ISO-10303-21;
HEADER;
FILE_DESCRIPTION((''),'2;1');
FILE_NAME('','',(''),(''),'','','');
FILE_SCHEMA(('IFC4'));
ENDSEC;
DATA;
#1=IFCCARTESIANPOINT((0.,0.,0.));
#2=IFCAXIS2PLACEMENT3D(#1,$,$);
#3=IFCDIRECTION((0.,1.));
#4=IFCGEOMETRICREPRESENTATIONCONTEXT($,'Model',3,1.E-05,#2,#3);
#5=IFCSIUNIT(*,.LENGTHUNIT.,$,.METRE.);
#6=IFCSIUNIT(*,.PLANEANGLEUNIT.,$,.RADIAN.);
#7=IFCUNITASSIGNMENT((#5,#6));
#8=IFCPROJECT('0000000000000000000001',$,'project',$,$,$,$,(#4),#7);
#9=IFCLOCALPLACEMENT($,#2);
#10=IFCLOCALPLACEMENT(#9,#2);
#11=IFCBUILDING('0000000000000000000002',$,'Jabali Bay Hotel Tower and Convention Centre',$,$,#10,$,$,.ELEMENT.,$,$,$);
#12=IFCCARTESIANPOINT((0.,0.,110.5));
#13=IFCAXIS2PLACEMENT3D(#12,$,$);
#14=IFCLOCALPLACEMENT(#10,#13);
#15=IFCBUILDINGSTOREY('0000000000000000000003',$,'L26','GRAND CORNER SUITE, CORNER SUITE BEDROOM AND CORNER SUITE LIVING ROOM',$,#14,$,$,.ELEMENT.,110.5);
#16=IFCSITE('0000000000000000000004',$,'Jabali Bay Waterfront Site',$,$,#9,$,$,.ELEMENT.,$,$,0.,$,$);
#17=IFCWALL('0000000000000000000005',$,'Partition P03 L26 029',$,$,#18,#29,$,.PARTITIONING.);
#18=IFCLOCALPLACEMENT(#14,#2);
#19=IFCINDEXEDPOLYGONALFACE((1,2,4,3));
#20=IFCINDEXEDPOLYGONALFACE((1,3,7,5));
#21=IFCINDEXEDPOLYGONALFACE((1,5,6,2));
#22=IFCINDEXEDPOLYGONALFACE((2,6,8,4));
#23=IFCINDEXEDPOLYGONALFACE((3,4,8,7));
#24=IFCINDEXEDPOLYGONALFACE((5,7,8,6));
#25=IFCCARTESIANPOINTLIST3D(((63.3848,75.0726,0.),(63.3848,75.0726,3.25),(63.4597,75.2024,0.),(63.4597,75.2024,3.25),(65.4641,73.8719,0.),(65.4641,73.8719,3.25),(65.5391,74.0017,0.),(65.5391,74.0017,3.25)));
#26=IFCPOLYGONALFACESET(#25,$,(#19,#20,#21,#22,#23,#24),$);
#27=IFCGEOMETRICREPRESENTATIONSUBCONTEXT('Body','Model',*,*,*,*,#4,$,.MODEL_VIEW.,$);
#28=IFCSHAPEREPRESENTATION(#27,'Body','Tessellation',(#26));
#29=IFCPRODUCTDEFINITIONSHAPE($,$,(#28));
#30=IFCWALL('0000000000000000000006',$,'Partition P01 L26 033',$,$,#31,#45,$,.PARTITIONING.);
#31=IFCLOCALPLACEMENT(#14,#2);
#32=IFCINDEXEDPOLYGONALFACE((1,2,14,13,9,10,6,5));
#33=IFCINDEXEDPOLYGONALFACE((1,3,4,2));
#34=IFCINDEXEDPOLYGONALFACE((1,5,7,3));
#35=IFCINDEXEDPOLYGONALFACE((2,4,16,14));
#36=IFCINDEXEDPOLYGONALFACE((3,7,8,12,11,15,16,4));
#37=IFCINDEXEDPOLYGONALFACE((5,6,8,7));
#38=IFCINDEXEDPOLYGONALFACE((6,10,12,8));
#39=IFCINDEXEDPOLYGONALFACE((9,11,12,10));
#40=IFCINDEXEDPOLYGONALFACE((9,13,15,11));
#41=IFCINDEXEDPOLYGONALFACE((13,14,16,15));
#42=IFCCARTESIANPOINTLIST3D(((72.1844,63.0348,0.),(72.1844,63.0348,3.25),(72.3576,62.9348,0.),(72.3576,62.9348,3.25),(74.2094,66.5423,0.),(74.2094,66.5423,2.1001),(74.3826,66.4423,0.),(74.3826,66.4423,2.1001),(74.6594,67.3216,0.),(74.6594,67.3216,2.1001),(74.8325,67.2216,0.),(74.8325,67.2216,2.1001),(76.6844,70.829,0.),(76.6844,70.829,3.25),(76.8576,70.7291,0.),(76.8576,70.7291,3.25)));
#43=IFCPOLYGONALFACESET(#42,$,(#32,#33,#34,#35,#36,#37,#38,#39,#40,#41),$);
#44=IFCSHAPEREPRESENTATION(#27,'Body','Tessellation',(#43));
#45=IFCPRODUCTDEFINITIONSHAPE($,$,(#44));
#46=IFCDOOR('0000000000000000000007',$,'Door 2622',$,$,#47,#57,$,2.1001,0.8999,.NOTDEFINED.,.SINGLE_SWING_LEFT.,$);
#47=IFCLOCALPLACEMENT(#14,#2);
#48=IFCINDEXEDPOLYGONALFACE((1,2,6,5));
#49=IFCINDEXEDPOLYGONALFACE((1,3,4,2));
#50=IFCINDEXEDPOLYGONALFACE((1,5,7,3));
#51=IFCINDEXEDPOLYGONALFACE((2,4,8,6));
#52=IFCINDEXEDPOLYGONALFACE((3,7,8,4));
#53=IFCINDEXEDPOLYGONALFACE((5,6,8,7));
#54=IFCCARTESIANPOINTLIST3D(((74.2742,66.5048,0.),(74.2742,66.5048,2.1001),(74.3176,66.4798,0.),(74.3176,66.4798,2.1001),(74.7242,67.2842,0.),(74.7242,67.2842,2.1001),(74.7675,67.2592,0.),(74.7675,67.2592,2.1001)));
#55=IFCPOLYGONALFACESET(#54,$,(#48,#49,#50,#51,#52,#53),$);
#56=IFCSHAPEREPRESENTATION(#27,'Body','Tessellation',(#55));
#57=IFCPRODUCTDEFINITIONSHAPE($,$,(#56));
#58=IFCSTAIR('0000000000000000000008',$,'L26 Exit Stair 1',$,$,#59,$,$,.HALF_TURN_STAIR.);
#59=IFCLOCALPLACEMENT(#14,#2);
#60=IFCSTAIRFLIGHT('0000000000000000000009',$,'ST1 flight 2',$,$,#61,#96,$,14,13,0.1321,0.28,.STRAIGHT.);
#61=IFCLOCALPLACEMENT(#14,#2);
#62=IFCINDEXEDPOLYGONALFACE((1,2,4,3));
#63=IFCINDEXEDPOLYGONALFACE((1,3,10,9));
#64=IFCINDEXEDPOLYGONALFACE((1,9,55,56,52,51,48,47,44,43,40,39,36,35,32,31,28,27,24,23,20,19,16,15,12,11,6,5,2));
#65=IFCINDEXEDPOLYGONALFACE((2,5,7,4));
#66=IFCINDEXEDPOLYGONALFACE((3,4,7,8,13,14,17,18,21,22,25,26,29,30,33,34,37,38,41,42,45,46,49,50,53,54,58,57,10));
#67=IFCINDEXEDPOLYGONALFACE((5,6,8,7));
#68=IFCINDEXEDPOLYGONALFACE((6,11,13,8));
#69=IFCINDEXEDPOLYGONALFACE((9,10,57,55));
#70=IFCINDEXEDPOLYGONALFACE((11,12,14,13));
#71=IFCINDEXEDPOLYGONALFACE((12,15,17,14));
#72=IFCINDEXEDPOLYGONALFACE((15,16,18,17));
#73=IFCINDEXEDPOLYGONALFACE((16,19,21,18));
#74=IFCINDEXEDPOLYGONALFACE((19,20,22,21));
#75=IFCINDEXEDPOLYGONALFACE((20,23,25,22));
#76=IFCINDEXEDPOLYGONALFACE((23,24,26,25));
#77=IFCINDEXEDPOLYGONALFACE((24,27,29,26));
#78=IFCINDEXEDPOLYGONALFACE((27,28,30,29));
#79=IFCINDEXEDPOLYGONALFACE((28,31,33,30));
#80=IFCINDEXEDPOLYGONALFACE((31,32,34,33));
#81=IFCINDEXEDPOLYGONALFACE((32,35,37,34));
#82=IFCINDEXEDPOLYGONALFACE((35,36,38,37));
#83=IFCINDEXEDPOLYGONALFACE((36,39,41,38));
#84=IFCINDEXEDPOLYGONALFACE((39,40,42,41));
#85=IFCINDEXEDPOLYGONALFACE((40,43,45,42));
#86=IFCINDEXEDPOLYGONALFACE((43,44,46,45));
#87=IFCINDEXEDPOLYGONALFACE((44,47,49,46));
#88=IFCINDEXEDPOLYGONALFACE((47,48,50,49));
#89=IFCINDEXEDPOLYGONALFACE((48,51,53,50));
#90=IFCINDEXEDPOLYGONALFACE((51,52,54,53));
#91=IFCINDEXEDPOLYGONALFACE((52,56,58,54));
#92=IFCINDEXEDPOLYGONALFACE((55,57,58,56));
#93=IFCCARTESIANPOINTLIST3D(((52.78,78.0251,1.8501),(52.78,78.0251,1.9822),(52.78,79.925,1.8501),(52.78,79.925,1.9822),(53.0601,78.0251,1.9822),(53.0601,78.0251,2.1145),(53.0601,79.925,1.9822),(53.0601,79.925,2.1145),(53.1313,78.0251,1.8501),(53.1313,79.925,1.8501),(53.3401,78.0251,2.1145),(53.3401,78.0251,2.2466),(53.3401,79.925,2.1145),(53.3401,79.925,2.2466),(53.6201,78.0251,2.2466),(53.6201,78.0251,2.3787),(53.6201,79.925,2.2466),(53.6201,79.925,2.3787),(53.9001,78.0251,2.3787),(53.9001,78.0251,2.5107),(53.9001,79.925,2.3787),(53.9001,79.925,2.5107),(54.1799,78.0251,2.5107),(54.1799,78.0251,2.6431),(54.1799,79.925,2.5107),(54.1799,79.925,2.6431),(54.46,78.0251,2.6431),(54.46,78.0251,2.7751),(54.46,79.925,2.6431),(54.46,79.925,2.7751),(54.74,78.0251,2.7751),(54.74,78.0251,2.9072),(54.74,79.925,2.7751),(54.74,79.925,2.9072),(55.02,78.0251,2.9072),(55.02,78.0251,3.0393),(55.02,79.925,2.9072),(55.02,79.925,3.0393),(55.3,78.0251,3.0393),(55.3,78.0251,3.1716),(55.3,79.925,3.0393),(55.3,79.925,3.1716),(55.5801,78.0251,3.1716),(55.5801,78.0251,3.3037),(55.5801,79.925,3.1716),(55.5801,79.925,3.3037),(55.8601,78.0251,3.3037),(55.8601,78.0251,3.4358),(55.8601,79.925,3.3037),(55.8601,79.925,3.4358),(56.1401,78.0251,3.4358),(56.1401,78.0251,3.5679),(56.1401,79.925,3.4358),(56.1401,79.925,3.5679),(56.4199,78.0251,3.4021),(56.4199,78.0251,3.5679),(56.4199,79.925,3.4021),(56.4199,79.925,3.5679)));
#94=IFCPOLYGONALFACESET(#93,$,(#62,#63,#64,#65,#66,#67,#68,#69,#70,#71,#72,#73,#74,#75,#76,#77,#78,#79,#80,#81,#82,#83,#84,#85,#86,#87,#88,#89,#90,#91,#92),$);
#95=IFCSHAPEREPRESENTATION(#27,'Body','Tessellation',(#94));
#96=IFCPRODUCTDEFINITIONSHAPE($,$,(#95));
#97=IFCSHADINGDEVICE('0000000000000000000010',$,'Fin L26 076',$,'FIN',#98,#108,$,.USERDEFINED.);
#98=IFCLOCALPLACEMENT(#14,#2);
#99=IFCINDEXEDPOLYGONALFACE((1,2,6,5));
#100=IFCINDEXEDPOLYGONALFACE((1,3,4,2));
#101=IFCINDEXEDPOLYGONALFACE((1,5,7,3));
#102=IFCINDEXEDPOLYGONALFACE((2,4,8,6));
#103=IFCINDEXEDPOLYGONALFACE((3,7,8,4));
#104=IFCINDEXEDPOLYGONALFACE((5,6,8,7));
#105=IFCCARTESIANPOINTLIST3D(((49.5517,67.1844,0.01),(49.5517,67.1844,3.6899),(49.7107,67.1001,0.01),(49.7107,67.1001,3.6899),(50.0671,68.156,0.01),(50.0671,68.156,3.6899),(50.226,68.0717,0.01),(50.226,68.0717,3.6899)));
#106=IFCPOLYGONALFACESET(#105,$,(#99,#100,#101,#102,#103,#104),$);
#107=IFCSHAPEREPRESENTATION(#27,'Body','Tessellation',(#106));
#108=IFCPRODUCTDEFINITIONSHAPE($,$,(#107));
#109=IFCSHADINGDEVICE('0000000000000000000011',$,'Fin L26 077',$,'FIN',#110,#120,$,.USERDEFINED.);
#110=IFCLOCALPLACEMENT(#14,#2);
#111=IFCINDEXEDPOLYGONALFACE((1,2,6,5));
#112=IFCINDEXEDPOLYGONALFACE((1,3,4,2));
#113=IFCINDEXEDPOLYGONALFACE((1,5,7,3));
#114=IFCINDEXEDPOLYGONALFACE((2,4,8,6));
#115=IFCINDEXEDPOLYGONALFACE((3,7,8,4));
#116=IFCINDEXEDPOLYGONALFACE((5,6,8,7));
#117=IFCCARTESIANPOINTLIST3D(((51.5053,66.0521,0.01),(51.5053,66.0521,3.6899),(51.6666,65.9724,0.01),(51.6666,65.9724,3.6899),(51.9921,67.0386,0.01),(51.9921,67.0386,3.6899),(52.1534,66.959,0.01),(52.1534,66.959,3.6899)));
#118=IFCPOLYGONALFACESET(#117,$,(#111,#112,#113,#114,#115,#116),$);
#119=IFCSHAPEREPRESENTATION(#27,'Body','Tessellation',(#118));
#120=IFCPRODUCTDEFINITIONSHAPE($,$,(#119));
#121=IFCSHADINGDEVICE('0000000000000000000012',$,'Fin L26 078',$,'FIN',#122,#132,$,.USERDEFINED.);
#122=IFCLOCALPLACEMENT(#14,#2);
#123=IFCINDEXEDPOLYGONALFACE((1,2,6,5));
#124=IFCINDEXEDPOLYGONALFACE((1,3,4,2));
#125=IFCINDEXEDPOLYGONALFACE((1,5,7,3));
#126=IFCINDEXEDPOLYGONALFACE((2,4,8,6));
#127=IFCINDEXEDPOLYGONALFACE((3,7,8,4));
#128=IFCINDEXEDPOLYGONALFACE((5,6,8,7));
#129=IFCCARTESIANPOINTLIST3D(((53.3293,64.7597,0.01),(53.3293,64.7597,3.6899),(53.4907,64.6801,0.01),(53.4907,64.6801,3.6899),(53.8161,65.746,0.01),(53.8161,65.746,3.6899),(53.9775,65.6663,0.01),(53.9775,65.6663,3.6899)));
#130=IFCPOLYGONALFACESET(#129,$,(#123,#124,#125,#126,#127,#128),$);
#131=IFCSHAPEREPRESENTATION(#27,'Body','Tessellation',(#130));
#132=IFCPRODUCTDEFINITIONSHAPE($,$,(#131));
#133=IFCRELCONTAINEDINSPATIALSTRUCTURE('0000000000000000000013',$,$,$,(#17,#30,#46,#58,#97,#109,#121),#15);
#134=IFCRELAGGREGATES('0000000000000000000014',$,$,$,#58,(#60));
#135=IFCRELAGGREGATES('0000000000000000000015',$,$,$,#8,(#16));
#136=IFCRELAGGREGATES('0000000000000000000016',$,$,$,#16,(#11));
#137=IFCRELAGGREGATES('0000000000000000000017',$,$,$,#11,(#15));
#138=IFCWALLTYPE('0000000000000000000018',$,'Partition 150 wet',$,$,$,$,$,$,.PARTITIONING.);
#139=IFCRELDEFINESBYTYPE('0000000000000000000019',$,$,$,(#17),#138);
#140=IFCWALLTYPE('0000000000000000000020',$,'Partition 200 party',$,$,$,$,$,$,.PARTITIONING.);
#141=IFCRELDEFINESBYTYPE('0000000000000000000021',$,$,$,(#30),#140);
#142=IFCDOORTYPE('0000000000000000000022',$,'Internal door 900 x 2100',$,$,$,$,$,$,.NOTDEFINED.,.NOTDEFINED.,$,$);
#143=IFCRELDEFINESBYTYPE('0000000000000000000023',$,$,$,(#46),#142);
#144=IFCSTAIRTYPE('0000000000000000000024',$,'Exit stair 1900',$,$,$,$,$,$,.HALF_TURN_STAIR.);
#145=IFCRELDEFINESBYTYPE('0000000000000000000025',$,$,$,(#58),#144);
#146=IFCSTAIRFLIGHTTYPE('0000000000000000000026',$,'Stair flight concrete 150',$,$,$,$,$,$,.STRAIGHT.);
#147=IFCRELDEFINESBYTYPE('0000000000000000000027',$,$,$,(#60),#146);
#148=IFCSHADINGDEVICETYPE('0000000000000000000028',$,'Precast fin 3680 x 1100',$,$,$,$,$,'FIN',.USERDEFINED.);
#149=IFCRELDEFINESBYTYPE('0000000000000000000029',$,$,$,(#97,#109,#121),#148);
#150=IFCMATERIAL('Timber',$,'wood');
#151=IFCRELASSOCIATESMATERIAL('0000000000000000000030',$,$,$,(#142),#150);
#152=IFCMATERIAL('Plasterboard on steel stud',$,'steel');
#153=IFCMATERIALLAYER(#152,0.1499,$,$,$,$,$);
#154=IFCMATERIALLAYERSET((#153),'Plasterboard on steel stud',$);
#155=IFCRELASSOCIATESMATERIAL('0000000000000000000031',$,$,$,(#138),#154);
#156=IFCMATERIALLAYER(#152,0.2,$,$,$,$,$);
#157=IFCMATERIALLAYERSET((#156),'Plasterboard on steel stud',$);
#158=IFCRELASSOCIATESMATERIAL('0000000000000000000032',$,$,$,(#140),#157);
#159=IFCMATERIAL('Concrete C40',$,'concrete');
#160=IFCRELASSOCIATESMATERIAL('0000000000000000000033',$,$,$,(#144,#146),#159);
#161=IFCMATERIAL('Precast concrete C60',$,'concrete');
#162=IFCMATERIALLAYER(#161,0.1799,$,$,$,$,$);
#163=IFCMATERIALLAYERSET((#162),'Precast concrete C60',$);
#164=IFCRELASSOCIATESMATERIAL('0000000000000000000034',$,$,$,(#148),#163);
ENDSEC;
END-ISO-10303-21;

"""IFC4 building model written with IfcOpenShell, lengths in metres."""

from ifc_helpers import new_model, si_unit, direction, frame, frame_2d, origin, place, context, subcontext, project, spatial, polyline, rectangle, outline, extrude, material, layer, layer_set, type_object, element, fill, aggregate, save


model = new_model("IFC4")

# Units and contexts
model_context = context("Model", 3, precision=1e-05, world=origin(), true_north=direction((0.0, 1.0)))
body_context = subcontext(model_context, "Body", "Model", "MODEL_VIEW")
ifc_project = project(units=[si_unit("LENGTHUNIT", "METRE"), si_unit("PLANEANGLEUNIT", "RADIAN")], contexts=[model_context])

# Site, building, storey
site_placement = place(None, origin())
site = spatial("IfcSite", under=ifc_project, at=site_placement, Name="Jabali Bay Waterfront Site", CompositionType="ELEMENT", RefElevation=0.0)
building_placement = place(site_placement, origin())
building = spatial("IfcBuilding", under=site, at=building_placement, Name="Jabali Bay Hotel Tower and Convention Centre", CompositionType="ELEMENT")
storey_placement = place(building_placement, frame((0.0, 0.0, 110.5)))
storey = spatial("IfcBuildingStorey", under=building, at=storey_placement, Name="L26", Description="GRAND CORNER SUITE, CORNER SUITE BEDROOM AND CORNER SUITE LIVING ROOM", CompositionType="ELEMENT", Elevation=110.5)

# Shared definitions
ifc_material_1 = material(Name="Concrete C40", Category="concrete")

# Shared definitions
ifc_material_2 = material(Name="Timber", Category="wood")
door_type_1 = type_object("IfcDoorType", Name="Internal door 900 x 2100", OperationType="NOTDEFINED", PredefinedType="NOTDEFINED", material=ifc_material_2)

# Shared definitions
ifc_material_3 = material(Name="Plasterboard on steel stud", Category="steel")
ifc_layer_1 = layer(ifc_material_3, 0.1499)
ifc_layer_set_1 = layer_set([ifc_layer_1], Name="Plasterboard on steel stud")
wall_type_1 = type_object("IfcWallType", Name="Partition 150 wet", PredefinedType="PARTITIONING", material=ifc_layer_set_1)

# Wall
wall_1_placement = place(storey_placement, frame((65.5017, 73.9368, 0.0), z_axis=(0.0, 0.0, 1.0), x_axis=(-0.865994, 0.500054, 0.0)))
element("IfcWall", 1, at=wall_1_placement, inside=storey, type_object=wall_type_1, Name="Partition P03 L26 029", PredefinedType="PARTITIONING", context=body_context, shape_type="SweptSolid", body=[
    extrude(rectangle(XDim=2.4011, YDim=0.1499, at=frame_2d((1.2007, 0.0))), origin(), (0.0, 0.0, 1.0), 3.25),
])

# Wall, opening, door
ifc_layer_2 = layer(ifc_material_3, 0.2)
ifc_layer_set_2 = layer_set([ifc_layer_2], Name="Plasterboard on steel stud")
wall_type_2 = type_object("IfcWallType", Name="Partition 200 party", PredefinedType="PARTITIONING", material=ifc_layer_set_2)
wall_2_placement = place(storey_placement, frame((76.771, 70.7791, 0.0), z_axis=(0.0, 0.0, 1.0), x_axis=(-0.500002, -0.866024, 0.0)))
wall_2 = element("IfcWall", 2, at=wall_2_placement, inside=storey, type_object=wall_type_2, Name="Partition P01 L26 033", PredefinedType="PARTITIONING", context=body_context, shape_type="SweptSolid", body=[
    extrude(rectangle(XDim=9.0, YDim=0.2, at=frame_2d((4.5, 0.0))), origin(), (0.0, 0.0, 1.0), 3.25),
])
opening_1_placement = place(wall_2_placement, frame((4.05, 0.0, 0.0)))
opening_1 = element("IfcOpeningElement", 3, at=opening_1_placement, cuts=wall_2, PredefinedType="OPENING", context=body_context, shape_type="SweptSolid", body=[
    extrude(rectangle(XDim=0.8999, YDim=2.1001, at=frame_2d((0.45, 1.05))), frame((0.0, 0.1104, 0.0), z_axis=(0.0, -1.0, 0.0), x_axis=(1.0, 0.0, 0.0)), (0.0, 0.0, 1.0), 0.2209),
])
door_1_placement = place(opening_1_placement, origin())
door_1 = element("IfcDoor", 4, at=door_1_placement, inside=storey, type_object=door_type_1, Name="Door 2622", OperationType="SINGLE_SWING_LEFT", OverallHeight=2.1001, OverallWidth=0.8999, PredefinedType="NOTDEFINED", context=body_context, shape_type="SweptSolid", body=[
    extrude(rectangle(XDim=0.8999, YDim=2.1001, at=frame_2d((0.45, 1.05))), frame((0.0, 0.0249, 0.0), z_axis=(0.0, -1.0, 0.0), x_axis=(1.0, 0.0, 0.0)), (0.0, 0.0, 1.0), 0.05),
])
fill(opening_1, door_1)

# Stair, stair flight
stair_type = type_object("IfcStairType", Name="Exit stair 1900", PredefinedType="HALF_TURN_STAIR", material=ifc_material_1)
stair_placement = place(storey_placement, origin())
stair = element("IfcStair", 5, at=stair_placement, inside=storey, type_object=stair_type, Name="L26 Exit Stair 1", PredefinedType="HALF_TURN_STAIR")
stair_flight_type = type_object("IfcStairFlightType", Name="Stair flight concrete 150", PredefinedType="STRAIGHT", material=ifc_material_1)
stair_flight_placement = place(storey_placement, frame((52.78, 78.9751, 1.8501), z_axis=(0.0, 0.0, 1.0), x_axis=(1.0, 0.0, 0.0)))
stair_flight = element("IfcStairFlight", 6, at=stair_flight_placement, type_object=stair_flight_type, Name="ST1 flight 2", NumberOfRisers=14, NumberOfTreads=13, PredefinedType="STRAIGHT", RiserHeight=0.1321, TreadLength=0.28, context=body_context, shape_type="SweptSolid", body=[
    extrude(outline(polyline([(0.0, 0.0), (0.0, 0.1321), (0.28, 0.1321), (0.28, 0.2644), (0.5601, 0.2644), (0.5601, 0.3965), (0.8401, 0.3965), (0.8401, 0.5286), (1.1201, 0.5286), (1.1201, 0.6606), (1.3999, 0.6606), (1.3999, 0.793), (1.6799, 0.793), (1.6799, 0.925), (1.96, 0.925), (1.96, 1.0571), (2.24, 1.0571), (2.24, 1.1892), (2.52, 1.1892), (2.52, 1.3215), (2.8, 1.3215), (2.8, 1.4536), (3.0801, 1.4536), (3.0801, 1.5857), (3.3601, 1.5857), (3.3601, 1.7178), (3.6399, 1.7178), (3.6399, 1.8501), (3.6399, 1.552), (0.3513, 0.0), (0.0, 0.0)])), frame((0.0, 0.95, 0.0), z_axis=(0.0, -1.0, 0.0), x_axis=(1.0, 0.0, 0.0)), (0.0, 0.0, 1.0), 1.8999),
])
aggregate(stair, [stair_flight])

# Shading devices
ifc_material_4 = material(Name="Precast concrete C60", Category="concrete")
ifc_layer_3 = layer(ifc_material_4, 0.1799)
ifc_layer_set_3 = layer_set([ifc_layer_3], Name="Precast concrete C60")
shading_device_type = type_object("IfcShadingDeviceType", Name="Precast fin 3680 x 1100", ElementType="FIN", PredefinedType="USERDEFINED", material=ifc_layer_set_3)
shading_device_1_placement = place(storey_placement, frame((50.1465, 68.1138, 0.01), z_axis=(0.0, 0.0, 1.0), x_axis=(-0.468571, -0.883426, 0.0)))
element("IfcShadingDevice", 7, at=shading_device_1_placement, inside=storey, type_object=shading_device_type, Name="Fin L26 076", ObjectType="FIN", PredefinedType="USERDEFINED", context=body_context, shape_type="SweptSolid", body=[
    extrude(rectangle(XDim=1.0999, YDim=0.1799, at=frame_2d((0.5498, 0.0))), origin(), (0.0, 0.0, 1.0), 3.6799),
])
shading_device_2_placement = place(storey_placement, frame((52.0728, 66.9988, 0.01), z_axis=(0.0, 0.0, 1.0), x_axis=(-0.442503, -0.896767, 0.0)))
element("IfcShadingDevice", 8, at=shading_device_2_placement, inside=storey, type_object=shading_device_type, Name="Fin L26 077", ObjectType="FIN", PredefinedType="USERDEFINED", context=body_context, shape_type="SweptSolid", body=[
    extrude(rectangle(XDim=1.1001, YDim=0.1799, at=frame_2d((0.55, 0.0))), origin(), (0.0, 0.0, 1.0), 3.6799),
])
shading_device_3_placement = place(storey_placement, frame((53.8967, 65.7061, 0.01), z_axis=(0.0, 0.0, 1.0), x_axis=(-0.442591, -0.896724, 0.0)))
element("IfcShadingDevice", 9, at=shading_device_3_placement, inside=storey, type_object=shading_device_type, Name="Fin L26 078", ObjectType="FIN", PredefinedType="USERDEFINED", context=body_context, shape_type="SweptSolid", body=[
    extrude(rectangle(XDim=1.0999, YDim=0.1799, at=frame_2d((0.5498, 0.0))), origin(), (0.0, 0.0, 1.0), 3.6799),
])

save(model, "model.ifc")
